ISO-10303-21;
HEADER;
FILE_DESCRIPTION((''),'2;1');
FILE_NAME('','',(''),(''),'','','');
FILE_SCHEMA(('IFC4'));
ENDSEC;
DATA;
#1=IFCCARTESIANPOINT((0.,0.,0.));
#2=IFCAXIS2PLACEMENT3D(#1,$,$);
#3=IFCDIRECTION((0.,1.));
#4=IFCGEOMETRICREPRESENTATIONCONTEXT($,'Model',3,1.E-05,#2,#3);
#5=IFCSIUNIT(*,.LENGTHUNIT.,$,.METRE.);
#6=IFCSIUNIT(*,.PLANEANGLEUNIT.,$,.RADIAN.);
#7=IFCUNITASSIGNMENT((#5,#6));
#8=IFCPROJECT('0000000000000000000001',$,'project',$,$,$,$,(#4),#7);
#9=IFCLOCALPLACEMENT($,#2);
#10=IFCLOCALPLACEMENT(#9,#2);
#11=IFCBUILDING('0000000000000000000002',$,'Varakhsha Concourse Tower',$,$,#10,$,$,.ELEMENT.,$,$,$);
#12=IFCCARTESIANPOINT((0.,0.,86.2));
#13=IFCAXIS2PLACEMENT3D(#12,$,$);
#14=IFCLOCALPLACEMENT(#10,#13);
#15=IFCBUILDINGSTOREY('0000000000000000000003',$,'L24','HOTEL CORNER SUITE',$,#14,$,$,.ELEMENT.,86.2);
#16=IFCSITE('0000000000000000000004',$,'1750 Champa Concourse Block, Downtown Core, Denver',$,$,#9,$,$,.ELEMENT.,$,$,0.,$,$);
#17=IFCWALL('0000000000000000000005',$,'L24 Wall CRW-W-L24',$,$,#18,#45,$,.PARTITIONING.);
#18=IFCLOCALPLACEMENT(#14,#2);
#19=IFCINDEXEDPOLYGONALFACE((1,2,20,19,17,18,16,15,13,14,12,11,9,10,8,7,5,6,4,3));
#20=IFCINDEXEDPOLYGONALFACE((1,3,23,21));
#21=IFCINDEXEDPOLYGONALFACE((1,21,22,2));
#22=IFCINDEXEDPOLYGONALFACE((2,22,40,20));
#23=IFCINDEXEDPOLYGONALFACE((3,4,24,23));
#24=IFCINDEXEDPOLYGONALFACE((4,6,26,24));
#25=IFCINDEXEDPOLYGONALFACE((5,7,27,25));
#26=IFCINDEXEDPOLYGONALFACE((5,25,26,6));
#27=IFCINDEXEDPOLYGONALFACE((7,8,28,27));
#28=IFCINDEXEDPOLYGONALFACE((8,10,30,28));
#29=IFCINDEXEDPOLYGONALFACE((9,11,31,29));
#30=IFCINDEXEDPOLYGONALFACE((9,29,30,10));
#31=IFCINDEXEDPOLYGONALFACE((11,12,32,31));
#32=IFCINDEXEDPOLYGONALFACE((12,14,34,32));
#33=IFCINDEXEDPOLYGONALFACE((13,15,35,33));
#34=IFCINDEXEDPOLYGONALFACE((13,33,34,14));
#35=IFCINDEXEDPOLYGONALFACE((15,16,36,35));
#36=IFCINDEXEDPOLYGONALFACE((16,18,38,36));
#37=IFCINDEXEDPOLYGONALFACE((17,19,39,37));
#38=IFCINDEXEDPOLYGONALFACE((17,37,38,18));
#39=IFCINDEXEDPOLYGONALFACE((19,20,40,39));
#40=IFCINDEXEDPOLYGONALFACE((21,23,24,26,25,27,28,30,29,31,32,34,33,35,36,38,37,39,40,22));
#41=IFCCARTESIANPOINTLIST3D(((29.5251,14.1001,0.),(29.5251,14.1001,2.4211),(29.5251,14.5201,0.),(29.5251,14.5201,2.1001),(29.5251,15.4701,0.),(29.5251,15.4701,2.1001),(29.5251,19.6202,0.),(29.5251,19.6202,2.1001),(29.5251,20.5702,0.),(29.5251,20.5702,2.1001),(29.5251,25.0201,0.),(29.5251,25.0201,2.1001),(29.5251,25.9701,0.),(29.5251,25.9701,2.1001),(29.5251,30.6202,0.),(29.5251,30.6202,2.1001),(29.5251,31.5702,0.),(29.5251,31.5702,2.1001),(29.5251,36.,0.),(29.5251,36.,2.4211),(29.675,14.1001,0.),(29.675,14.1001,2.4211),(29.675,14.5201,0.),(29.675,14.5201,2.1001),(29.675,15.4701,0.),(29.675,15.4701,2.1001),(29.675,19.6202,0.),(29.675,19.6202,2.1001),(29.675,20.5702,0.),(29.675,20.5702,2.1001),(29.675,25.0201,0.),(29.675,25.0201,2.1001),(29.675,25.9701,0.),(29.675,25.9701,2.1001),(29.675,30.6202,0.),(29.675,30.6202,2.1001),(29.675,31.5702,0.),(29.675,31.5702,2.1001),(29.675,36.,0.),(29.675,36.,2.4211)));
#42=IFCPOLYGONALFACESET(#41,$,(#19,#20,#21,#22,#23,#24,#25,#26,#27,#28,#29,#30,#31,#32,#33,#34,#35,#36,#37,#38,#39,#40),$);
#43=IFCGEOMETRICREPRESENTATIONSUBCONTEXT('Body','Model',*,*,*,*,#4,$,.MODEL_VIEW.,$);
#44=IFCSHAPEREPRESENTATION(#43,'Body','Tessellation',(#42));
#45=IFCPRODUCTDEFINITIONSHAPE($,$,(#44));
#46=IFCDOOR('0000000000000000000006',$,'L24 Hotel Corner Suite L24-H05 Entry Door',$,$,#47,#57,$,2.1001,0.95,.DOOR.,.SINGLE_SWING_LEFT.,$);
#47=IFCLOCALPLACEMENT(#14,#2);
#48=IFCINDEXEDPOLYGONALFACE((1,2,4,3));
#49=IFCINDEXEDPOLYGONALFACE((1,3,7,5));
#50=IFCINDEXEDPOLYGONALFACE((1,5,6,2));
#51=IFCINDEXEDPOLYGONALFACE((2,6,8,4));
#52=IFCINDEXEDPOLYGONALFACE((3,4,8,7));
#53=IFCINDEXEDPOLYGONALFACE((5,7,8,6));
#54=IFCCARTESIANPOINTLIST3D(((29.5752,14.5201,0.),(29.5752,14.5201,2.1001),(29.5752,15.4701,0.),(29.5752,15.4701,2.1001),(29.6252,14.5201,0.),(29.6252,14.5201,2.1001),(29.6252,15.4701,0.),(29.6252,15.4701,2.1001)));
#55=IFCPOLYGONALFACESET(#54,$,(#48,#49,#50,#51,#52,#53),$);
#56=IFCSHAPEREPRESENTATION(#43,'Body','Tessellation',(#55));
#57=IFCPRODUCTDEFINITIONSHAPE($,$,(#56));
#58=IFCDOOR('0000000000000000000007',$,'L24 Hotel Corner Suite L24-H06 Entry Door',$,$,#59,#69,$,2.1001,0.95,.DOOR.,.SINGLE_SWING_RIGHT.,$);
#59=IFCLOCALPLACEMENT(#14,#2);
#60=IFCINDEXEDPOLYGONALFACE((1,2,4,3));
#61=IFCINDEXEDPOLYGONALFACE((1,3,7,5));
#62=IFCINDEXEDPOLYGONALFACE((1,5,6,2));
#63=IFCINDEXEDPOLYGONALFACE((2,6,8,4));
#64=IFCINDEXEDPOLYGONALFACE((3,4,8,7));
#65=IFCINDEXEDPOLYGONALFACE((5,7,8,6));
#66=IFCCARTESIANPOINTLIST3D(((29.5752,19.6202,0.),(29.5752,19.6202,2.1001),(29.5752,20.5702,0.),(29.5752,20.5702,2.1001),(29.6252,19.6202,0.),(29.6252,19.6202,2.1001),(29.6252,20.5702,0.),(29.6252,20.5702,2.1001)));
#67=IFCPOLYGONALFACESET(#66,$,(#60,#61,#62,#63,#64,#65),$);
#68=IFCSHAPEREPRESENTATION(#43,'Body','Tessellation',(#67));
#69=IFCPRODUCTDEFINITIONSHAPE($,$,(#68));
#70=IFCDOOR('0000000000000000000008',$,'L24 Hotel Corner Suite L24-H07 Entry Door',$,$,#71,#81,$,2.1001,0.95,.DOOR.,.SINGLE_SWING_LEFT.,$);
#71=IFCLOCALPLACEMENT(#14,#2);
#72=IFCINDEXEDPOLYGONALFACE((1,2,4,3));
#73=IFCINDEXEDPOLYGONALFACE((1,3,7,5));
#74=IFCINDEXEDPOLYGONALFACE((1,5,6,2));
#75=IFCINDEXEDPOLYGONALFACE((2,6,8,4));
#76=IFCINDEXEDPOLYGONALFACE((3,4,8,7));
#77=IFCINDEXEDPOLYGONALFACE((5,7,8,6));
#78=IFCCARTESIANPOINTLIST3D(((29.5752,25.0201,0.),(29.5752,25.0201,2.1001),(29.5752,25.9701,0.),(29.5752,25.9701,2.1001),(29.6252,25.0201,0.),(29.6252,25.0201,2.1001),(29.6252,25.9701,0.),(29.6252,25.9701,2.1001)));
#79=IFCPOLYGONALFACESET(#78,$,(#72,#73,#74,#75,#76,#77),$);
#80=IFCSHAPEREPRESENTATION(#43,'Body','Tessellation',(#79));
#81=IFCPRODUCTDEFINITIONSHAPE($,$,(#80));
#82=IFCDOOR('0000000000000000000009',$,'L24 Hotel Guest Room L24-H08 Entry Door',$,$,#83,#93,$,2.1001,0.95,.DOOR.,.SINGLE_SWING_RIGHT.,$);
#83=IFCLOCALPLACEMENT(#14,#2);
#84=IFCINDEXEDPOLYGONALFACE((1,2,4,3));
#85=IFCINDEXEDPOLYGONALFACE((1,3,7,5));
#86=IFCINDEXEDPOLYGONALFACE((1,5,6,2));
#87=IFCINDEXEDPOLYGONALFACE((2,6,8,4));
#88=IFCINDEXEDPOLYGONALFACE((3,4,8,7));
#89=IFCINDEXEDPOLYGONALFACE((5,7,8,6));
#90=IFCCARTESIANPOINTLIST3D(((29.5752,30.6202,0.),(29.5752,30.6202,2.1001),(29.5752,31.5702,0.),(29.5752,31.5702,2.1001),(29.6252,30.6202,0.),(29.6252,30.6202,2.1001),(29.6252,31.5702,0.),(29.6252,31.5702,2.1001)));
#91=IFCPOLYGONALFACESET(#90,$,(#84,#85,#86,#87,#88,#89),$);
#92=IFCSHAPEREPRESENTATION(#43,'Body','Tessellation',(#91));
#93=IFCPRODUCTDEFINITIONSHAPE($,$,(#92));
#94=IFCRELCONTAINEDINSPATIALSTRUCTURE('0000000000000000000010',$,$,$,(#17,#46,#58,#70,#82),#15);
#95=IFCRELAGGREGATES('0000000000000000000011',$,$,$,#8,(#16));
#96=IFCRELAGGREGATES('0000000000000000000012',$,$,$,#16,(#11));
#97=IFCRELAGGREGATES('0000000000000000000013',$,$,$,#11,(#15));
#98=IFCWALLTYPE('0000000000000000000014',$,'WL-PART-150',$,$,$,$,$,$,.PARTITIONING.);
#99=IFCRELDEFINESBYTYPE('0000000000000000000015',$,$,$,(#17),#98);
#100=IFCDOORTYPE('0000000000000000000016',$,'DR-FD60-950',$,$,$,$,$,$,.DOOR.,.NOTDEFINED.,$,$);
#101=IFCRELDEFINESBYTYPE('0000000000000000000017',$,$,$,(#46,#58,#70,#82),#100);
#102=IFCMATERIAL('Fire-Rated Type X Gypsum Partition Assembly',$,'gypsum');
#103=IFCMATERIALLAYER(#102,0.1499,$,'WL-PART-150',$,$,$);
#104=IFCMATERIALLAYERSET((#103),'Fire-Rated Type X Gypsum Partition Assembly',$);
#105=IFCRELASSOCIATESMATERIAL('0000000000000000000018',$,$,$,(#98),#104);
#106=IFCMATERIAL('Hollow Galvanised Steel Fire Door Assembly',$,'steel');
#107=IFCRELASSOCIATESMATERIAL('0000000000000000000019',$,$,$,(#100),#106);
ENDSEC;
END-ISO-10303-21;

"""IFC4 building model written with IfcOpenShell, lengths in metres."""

from ifc_helpers import new_model, si_unit, direction, frame, frame_2d, origin, place, context, subcontext, project, spatial, rectangle, extrude, material, layer, layer_set, type_object, element, fill, save


model = new_model("IFC4")

# Units and contexts
model_context = context("Model", 3, precision=1e-05, world=origin(), true_north=direction((0.0, 1.0)))
body_context = subcontext(model_context, "Body", "Model", "MODEL_VIEW")
ifc_project = project(units=[si_unit("LENGTHUNIT", "METRE"), si_unit("PLANEANGLEUNIT", "RADIAN")], contexts=[model_context])

# Site, building, storey
site_placement = place(None, origin())
site = spatial("IfcSite", under=ifc_project, at=site_placement, Name="1750 Champa Concourse Block, Downtown Core, Denver", CompositionType="ELEMENT", RefElevation=0.0)
building_placement = place(site_placement, origin())
building = spatial("IfcBuilding", under=site, at=building_placement, Name="Varakhsha Concourse Tower", CompositionType="ELEMENT")
storey_placement = place(building_placement, frame((0.0, 0.0, 86.2)))
storey = spatial("IfcBuildingStorey", under=building, at=storey_placement, Name="L24", Description="HOTEL CORNER SUITE", CompositionType="ELEMENT", Elevation=86.2)

# Wall, openings, doors
ifc_material_1 = material(Name="Fire-Rated Type X Gypsum Partition Assembly", Category="gypsum")
ifc_layer_1 = layer(ifc_material_1, 0.1499, Name="WL-PART-150")
ifc_layer_set_1 = layer_set([ifc_layer_1], Name="Fire-Rated Type X Gypsum Partition Assembly")
wall_type_1 = type_object("IfcWallType", Name="WL-PART-150", PredefinedType="PARTITIONING", material=ifc_layer_set_1)
ifc_material_2 = material(Name="Hollow Galvanised Steel Fire Door Assembly", Category="steel")
door_type_1 = type_object("IfcDoorType", Name="DR-FD60-950", OperationType="NOTDEFINED", PredefinedType="DOOR", material=ifc_material_2)
wall_1_placement = place(storey_placement, frame((29.6001, 14.1001, 0.0), z_axis=(0.0, 0.0, 1.0), x_axis=(0.0, 1.0, 0.0)))
wall_1 = element("IfcWall", 1, at=wall_1_placement, inside=storey, type_object=wall_type_1, Name="L24 Wall CRW-W-L24", PredefinedType="PARTITIONING", context=body_context, shape_type="SweptSolid", body=[
    extrude(rectangle(XDim=21.8999, YDim=0.1499, at=frame_2d((10.95, 0.0))), origin(), (0.0, 0.0, 1.0), 2.4211),
])
opening_1_placement = place(wall_1_placement, frame((0.4199, 0.0, 0.0)))
opening_1 = element("IfcOpeningElement", 2, at=opening_1_placement, cuts=wall_1, PredefinedType="OPENING", context=body_context, shape_type="SweptSolid", body=[
    extrude(rectangle(XDim=0.95, YDim=2.1001, at=frame_2d((0.4751, 1.05))), frame((0.0, 0.085, 0.0), z_axis=(0.0, -1.0, 0.0), x_axis=(1.0, 0.0, 0.0)), (0.0, 0.0, 1.0), 0.1699),
])
opening_2_placement = place(wall_1_placement, frame((5.52, 0.0, 0.0)))
opening_2 = element("IfcOpeningElement", 3, at=opening_2_placement, cuts=wall_1, PredefinedType="OPENING", context=body_context, shape_type="SweptSolid", body=[
    extrude(rectangle(XDim=0.95, YDim=2.1001, at=frame_2d((0.4751, 1.05))), frame((0.0, 0.085, 0.0), z_axis=(0.0, -1.0, 0.0), x_axis=(1.0, 0.0, 0.0)), (0.0, 0.0, 1.0), 0.1699),
])
opening_3_placement = place(wall_1_placement, frame((10.9199, 0.0, 0.0)))
opening_3 = element("IfcOpeningElement", 4, at=opening_3_placement, cuts=wall_1, PredefinedType="OPENING", context=body_context, shape_type="SweptSolid", body=[
    extrude(rectangle(XDim=0.95, YDim=2.1001, at=frame_2d((0.4751, 1.05))), frame((0.0, 0.085, 0.0), z_axis=(0.0, -1.0, 0.0), x_axis=(1.0, 0.0, 0.0)), (0.0, 0.0, 1.0), 0.1699),
])
opening_4_placement = place(wall_1_placement, frame((16.52, 0.0, 0.0)))
opening_4 = element("IfcOpeningElement", 5, at=opening_4_placement, cuts=wall_1, PredefinedType="OPENING", context=body_context, shape_type="SweptSolid", body=[
    extrude(rectangle(XDim=0.95, YDim=2.1001, at=frame_2d((0.4751, 1.05))), frame((0.0, 0.085, 0.0), z_axis=(0.0, -1.0, 0.0), x_axis=(1.0, 0.0, 0.0)), (0.0, 0.0, 1.0), 0.1699),
])
door_1_placement = place(opening_1_placement, origin())
door_1 = element("IfcDoor", 6, at=door_1_placement, inside=storey, type_object=door_type_1, Name="L24 Hotel Corner Suite L24-H05 Entry Door", OperationType="SINGLE_SWING_LEFT", OverallHeight=2.1001, OverallWidth=0.95, PredefinedType="DOOR", context=body_context, shape_type="SweptSolid", body=[
    extrude(rectangle(XDim=0.95, YDim=2.1001, at=frame_2d((0.4751, 1.05))), frame((0.0, 0.0249, 0.0), z_axis=(0.0, -1.0, 0.0), x_axis=(1.0, 0.0, 0.0)), (0.0, 0.0, 1.0), 0.05),
])
fill(opening_1, door_1)
door_2_placement = place(opening_2_placement, origin())
door_2 = element("IfcDoor", 7, at=door_2_placement, inside=storey, type_object=door_type_1, Name="L24 Hotel Corner Suite L24-H06 Entry Door", OperationType="SINGLE_SWING_RIGHT", OverallHeight=2.1001, OverallWidth=0.95, PredefinedType="DOOR", context=body_context, shape_type="SweptSolid", body=[
    extrude(rectangle(XDim=0.95, YDim=2.1001, at=frame_2d((0.4751, 1.05))), frame((0.0, 0.0249, 0.0), z_axis=(0.0, -1.0, 0.0), x_axis=(1.0, 0.0, 0.0)), (0.0, 0.0, 1.0), 0.05),
])
fill(opening_2, door_2)
door_3_placement = place(opening_3_placement, origin())
door_3 = element("IfcDoor", 8, at=door_3_placement, inside=storey, type_object=door_type_1, Name="L24 Hotel Corner Suite L24-H07 Entry Door", OperationType="SINGLE_SWING_LEFT", OverallHeight=2.1001, OverallWidth=0.95, PredefinedType="DOOR", context=body_context, shape_type="SweptSolid", body=[
    extrude(rectangle(XDim=0.95, YDim=2.1001, at=frame_2d((0.4751, 1.05))), frame((0.0, 0.0249, 0.0), z_axis=(0.0, -1.0, 0.0), x_axis=(1.0, 0.0, 0.0)), (0.0, 0.0, 1.0), 0.05),
])
fill(opening_3, door_3)
door_4_placement = place(opening_4_placement, origin())
door_4 = element("IfcDoor", 9, at=door_4_placement, inside=storey, type_object=door_type_1, Name="L24 Hotel Guest Room L24-H08 Entry Door", OperationType="SINGLE_SWING_RIGHT", OverallHeight=2.1001, OverallWidth=0.95, PredefinedType="DOOR", context=body_context, shape_type="SweptSolid", body=[
    extrude(rectangle(XDim=0.95, YDim=2.1001, at=frame_2d((0.4751, 1.05))), frame((0.0, 0.0249, 0.0), z_axis=(0.0, -1.0, 0.0), x_axis=(1.0, 0.0, 0.0)), (0.0, 0.0, 1.0), 0.05),
])
fill(opening_4, door_4)

save(model, "model.ifc")
